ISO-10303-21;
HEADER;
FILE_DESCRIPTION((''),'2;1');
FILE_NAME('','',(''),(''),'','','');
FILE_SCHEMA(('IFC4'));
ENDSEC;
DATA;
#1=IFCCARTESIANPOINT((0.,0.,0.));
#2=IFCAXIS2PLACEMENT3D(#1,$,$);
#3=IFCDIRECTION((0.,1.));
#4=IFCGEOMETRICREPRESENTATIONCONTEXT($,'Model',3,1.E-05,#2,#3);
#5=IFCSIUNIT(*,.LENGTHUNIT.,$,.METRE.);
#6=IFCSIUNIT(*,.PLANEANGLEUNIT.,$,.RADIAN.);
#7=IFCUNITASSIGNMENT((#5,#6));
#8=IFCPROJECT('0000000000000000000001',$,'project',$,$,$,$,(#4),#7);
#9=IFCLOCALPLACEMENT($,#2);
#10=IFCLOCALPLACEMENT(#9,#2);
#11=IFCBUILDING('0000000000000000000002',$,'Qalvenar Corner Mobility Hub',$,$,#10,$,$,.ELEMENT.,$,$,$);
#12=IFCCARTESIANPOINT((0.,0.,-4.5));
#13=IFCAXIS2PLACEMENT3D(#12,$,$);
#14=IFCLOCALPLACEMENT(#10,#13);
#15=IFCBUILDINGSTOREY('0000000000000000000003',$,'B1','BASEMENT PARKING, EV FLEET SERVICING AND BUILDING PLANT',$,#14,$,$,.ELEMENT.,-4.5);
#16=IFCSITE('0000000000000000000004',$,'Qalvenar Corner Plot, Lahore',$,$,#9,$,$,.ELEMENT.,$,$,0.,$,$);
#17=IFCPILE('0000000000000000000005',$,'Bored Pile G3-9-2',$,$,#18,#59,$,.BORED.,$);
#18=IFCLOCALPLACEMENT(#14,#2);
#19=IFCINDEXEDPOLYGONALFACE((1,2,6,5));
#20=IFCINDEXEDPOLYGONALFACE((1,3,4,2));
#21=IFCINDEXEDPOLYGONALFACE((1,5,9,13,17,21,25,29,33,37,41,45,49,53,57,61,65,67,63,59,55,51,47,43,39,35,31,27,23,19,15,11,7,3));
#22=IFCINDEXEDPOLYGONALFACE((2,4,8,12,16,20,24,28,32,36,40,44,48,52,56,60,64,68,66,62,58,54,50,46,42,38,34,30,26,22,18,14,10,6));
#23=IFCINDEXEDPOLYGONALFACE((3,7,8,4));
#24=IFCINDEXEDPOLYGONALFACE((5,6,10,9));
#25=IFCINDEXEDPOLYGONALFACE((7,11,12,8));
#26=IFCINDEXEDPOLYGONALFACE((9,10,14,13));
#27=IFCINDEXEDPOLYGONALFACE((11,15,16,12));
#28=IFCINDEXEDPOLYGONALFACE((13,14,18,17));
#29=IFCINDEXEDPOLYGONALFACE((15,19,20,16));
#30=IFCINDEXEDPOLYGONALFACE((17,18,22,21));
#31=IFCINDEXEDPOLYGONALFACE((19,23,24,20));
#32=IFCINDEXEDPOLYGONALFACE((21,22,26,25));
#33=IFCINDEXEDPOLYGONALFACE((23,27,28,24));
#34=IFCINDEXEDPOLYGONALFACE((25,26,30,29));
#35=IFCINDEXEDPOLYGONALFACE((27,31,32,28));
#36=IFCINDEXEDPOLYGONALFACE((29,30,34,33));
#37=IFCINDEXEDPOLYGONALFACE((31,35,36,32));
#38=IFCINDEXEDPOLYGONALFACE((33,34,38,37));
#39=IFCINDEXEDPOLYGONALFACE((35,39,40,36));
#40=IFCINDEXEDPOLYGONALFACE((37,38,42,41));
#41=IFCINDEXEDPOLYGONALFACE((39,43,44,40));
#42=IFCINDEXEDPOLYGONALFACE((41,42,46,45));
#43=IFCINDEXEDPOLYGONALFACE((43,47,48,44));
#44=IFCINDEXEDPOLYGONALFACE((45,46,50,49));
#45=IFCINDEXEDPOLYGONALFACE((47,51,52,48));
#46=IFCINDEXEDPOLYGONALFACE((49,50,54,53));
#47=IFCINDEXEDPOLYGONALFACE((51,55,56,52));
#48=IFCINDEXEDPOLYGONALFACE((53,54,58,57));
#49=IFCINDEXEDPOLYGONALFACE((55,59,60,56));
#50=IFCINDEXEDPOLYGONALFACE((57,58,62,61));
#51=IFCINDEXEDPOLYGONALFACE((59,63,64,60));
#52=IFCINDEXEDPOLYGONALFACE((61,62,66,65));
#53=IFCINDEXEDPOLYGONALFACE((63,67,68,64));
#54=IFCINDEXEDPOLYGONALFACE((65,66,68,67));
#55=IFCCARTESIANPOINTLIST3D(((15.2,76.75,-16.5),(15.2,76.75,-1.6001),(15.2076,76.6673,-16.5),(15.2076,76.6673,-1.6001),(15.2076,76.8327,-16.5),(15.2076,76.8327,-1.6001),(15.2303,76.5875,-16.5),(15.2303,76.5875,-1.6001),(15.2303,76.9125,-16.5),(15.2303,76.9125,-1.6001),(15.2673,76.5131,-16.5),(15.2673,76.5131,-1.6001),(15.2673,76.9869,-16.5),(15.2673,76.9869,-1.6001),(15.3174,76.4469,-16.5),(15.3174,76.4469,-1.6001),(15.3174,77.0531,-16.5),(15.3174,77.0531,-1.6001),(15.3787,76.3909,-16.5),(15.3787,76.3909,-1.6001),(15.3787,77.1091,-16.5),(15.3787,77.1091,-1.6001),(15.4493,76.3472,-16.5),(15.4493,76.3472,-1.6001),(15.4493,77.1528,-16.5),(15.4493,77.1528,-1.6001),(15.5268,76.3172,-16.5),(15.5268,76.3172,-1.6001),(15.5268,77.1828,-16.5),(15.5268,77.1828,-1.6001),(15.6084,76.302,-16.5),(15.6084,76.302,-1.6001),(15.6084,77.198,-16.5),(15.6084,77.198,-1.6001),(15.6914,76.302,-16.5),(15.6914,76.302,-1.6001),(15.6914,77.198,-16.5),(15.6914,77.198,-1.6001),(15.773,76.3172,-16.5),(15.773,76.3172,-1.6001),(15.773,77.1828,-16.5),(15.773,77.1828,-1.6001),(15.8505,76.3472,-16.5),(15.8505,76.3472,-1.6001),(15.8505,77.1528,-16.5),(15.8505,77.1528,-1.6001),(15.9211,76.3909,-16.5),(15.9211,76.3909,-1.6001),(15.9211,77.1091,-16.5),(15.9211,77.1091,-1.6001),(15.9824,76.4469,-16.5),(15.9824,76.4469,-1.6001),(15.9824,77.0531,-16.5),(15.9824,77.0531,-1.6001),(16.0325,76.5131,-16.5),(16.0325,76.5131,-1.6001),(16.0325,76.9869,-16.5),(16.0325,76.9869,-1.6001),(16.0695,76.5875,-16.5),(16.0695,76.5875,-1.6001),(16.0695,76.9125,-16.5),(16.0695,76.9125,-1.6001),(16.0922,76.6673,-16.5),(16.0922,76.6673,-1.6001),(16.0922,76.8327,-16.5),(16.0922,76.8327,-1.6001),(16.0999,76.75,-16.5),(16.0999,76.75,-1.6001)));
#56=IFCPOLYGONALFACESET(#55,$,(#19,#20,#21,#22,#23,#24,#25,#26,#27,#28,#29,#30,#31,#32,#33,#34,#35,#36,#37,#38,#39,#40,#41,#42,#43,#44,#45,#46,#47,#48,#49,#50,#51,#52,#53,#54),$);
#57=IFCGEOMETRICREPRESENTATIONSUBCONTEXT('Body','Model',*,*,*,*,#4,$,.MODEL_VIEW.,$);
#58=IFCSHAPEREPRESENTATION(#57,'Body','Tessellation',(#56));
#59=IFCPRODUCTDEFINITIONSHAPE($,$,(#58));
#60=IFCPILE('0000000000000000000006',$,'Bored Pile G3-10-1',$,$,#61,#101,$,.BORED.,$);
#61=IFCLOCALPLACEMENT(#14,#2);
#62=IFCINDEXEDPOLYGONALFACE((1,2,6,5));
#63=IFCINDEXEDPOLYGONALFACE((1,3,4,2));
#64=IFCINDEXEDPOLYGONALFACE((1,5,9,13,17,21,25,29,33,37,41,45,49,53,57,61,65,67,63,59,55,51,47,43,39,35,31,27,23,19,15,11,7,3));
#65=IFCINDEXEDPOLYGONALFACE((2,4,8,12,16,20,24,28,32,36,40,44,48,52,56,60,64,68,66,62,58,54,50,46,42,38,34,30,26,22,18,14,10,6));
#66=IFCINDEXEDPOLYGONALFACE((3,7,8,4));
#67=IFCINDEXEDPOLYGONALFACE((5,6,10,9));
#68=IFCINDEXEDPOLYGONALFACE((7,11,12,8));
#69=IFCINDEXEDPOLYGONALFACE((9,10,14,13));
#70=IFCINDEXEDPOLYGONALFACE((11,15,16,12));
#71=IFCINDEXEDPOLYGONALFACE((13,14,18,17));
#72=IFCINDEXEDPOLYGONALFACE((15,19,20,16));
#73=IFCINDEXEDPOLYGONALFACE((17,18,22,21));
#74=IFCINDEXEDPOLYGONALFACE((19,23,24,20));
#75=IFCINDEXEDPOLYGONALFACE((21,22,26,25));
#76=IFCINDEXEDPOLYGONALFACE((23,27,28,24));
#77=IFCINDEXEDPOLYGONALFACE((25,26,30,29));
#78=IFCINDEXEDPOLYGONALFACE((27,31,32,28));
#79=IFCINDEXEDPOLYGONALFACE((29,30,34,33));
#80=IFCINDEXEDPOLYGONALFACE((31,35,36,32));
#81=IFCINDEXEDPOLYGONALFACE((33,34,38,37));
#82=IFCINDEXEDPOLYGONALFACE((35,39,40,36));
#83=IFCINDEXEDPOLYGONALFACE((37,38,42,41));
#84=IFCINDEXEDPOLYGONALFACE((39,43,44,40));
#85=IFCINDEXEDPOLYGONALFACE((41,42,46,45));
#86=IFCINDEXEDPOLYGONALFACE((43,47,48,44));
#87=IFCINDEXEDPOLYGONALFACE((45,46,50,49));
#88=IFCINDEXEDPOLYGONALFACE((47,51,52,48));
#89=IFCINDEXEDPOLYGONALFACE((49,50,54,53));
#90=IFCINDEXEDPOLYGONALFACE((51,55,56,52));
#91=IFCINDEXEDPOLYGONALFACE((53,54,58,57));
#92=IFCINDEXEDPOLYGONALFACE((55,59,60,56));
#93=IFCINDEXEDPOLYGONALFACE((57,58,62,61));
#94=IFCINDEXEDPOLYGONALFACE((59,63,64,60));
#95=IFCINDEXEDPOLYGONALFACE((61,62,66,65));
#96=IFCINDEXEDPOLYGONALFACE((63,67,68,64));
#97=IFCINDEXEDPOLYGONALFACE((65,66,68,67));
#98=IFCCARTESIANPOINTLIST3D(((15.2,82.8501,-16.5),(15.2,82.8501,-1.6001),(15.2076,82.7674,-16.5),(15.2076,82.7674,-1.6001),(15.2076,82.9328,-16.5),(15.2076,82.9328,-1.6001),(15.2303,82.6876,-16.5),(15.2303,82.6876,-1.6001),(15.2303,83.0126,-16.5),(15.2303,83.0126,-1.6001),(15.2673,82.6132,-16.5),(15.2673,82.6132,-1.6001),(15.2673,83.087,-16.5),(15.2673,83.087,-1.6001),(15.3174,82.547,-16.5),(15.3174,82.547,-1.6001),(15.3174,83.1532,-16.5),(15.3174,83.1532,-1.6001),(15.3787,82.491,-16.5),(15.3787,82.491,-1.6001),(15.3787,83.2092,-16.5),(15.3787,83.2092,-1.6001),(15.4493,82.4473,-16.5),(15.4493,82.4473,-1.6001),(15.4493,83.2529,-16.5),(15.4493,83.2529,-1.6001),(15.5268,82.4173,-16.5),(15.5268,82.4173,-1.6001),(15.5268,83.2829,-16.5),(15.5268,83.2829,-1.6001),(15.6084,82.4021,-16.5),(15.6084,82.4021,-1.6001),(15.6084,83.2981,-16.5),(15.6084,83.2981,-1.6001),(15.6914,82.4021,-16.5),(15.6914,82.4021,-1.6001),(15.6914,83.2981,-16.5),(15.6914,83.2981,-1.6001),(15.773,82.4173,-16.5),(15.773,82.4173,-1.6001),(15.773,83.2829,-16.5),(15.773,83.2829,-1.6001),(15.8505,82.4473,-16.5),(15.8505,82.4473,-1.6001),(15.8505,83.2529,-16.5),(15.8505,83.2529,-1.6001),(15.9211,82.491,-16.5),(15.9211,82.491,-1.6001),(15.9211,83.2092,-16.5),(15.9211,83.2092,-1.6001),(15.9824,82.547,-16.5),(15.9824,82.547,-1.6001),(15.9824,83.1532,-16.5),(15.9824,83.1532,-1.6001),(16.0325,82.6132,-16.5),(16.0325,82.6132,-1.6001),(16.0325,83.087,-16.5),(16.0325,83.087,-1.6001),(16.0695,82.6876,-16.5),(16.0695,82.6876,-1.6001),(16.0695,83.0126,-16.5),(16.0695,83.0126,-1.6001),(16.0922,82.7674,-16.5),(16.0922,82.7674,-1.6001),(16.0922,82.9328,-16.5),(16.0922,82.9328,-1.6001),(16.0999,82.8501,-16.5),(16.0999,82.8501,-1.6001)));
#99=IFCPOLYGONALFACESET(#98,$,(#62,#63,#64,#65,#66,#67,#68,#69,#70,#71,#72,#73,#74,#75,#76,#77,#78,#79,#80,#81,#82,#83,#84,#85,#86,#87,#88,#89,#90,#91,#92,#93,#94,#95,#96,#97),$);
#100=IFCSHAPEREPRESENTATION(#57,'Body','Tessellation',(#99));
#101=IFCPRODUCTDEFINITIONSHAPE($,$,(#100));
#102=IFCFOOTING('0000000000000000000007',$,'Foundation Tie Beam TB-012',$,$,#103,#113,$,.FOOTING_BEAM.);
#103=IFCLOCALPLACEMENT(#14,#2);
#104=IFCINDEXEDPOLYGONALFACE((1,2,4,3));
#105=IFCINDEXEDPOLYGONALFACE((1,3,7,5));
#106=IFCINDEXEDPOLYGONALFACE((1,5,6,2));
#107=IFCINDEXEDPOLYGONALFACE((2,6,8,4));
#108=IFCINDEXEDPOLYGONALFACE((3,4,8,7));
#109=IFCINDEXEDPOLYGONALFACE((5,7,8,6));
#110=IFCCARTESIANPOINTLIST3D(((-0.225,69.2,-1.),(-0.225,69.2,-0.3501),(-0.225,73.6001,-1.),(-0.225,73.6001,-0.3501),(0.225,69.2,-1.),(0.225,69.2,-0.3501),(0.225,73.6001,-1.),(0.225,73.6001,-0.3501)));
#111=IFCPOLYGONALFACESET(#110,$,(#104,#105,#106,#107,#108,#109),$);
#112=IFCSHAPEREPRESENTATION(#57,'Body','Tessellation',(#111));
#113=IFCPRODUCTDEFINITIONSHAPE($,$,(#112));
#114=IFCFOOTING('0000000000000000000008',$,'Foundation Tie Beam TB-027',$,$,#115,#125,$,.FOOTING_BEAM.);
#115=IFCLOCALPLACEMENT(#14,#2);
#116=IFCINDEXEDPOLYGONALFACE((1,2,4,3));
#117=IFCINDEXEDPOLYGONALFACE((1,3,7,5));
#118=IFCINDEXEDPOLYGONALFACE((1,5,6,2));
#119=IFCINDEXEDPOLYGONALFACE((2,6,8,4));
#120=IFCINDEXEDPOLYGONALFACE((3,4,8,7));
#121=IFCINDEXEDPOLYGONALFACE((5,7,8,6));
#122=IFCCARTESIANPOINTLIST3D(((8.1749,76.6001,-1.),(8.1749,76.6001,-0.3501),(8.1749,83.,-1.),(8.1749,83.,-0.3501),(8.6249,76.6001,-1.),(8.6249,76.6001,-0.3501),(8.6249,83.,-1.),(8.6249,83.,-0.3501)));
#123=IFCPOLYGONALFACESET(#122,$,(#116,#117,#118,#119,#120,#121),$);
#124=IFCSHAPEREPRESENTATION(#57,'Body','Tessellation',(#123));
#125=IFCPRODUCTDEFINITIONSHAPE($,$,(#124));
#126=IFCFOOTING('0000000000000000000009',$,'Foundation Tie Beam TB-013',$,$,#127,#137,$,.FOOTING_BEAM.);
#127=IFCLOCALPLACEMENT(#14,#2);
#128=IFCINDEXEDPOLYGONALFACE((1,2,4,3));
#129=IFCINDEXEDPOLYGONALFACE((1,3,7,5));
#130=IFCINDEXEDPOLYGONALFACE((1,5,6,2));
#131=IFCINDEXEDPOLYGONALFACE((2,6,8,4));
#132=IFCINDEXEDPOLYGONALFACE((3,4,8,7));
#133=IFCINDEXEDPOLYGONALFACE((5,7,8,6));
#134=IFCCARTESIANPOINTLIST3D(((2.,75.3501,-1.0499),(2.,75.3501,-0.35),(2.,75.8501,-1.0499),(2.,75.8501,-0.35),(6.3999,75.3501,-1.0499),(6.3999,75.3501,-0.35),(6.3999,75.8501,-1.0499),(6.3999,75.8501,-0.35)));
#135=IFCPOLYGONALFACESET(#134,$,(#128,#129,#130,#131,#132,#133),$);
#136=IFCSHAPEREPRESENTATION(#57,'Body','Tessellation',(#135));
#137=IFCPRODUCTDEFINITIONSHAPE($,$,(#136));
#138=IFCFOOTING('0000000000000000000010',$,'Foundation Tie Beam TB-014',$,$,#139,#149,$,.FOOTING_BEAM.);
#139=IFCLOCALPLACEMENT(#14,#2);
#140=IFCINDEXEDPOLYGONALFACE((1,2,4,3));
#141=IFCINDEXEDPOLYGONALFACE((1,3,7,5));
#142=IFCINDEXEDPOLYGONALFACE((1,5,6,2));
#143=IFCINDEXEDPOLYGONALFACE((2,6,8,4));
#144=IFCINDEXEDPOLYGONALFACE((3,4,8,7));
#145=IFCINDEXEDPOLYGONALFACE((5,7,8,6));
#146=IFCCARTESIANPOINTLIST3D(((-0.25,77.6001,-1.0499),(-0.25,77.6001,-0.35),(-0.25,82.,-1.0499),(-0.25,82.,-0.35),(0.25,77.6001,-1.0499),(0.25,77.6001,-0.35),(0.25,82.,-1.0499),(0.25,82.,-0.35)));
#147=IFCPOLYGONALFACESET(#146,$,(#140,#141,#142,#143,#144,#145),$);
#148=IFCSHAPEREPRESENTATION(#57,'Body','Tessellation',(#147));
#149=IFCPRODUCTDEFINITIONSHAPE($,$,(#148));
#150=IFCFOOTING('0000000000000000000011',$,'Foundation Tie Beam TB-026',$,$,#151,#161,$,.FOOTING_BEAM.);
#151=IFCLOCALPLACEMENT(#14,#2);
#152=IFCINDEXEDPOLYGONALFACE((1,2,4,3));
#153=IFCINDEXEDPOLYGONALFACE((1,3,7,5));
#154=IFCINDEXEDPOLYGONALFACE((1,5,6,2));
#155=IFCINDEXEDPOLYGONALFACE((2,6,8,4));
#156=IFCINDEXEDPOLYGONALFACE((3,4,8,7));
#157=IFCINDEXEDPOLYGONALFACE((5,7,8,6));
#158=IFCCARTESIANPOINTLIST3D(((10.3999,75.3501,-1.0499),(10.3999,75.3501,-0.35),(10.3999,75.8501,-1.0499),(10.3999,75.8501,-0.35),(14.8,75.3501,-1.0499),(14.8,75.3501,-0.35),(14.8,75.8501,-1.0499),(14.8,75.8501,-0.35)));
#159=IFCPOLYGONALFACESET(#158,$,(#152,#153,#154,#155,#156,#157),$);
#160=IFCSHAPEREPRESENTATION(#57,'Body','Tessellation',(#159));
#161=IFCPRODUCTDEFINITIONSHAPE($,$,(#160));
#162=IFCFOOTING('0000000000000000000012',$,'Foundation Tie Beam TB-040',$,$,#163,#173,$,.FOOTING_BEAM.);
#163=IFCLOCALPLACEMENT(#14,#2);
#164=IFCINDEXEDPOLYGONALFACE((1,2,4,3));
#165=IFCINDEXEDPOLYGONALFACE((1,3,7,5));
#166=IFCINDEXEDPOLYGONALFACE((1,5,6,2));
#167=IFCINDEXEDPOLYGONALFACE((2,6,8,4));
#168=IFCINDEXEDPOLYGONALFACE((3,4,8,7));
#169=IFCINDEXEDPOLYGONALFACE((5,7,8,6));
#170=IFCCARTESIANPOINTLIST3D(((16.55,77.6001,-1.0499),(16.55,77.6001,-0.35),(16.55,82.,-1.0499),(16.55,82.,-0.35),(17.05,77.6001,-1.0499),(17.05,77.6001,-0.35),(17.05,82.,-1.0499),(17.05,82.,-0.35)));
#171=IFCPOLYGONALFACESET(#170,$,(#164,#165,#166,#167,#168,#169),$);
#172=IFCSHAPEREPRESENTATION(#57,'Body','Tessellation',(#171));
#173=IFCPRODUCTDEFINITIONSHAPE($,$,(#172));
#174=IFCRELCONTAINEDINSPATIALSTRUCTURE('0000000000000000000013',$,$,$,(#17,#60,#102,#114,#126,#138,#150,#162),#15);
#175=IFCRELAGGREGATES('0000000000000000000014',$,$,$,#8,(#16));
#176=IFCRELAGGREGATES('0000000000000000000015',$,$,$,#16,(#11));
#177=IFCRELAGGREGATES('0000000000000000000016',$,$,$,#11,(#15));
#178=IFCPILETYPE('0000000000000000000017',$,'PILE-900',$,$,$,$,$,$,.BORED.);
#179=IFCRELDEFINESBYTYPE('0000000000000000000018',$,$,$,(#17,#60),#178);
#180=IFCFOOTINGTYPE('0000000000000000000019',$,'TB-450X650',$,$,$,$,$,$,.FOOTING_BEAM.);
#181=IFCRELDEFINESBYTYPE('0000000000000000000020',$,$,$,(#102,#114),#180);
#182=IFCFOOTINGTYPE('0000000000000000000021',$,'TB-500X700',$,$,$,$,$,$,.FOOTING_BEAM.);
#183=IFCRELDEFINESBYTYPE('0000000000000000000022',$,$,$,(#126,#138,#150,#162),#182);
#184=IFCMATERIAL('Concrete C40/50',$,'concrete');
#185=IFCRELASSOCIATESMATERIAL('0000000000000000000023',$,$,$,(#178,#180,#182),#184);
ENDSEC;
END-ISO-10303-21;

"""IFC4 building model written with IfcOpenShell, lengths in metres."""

from ifc_helpers import new_model, si_unit, direction, frame, origin, origin_2d, place, context, subcontext, project, spatial, rectangle, circle, extrude, material, material_profile, profile_set, type_object, element, save


model = new_model("IFC4")

# Units and contexts
model_context = context("Model", 3, precision=1e-05, world=origin(), true_north=direction((0.0, 1.0)))
body_context = subcontext(model_context, "Body", "Model", "MODEL_VIEW")
ifc_project = project(units=[si_unit("LENGTHUNIT", "METRE"), si_unit("PLANEANGLEUNIT", "RADIAN")], contexts=[model_context])

# Site, building, storey
site_placement = place(None, origin())
site = spatial("IfcSite", under=ifc_project, at=site_placement, Name="Qalvenar Corner Plot, Lahore", CompositionType="ELEMENT", RefElevation=0.0)
building_placement = place(site_placement, origin())
building = spatial("IfcBuilding", under=site, at=building_placement, Name="Qalvenar Corner Mobility Hub", CompositionType="ELEMENT")
storey_placement = place(building_placement, frame((0.0, 0.0, -4.5)))
storey = spatial("IfcBuildingStorey", under=building, at=storey_placement, Name="B1", Description="BASEMENT PARKING, EV FLEET SERVICING AND BUILDING PLANT", CompositionType="ELEMENT", Elevation=-4.5)

# Shared definitions
ifc_material_1 = material(Name="Concrete C40/50", Category="concrete")

# Piles
ifc_material_profile_1 = material_profile(ifc_material_1, circle(Radius=0.45, at=origin_2d()), Name="DIA900")
ifc_profile_set_1 = profile_set([ifc_material_profile_1], Name="Concrete C40/50")
pile_type = type_object("IfcPileType", Name="PILE-900", PredefinedType="BORED", material=ifc_profile_set_1)
for number, where, z_axis, x_axis, name in (
    (1, (15.6499, 76.75, -1.6001), (0.0, 0.0, -1.0), (1.0, 0.0, 0.0), "Bored Pile G3-9-2"),
    (2, (15.6499, 82.8501, -1.6001), (0.0, 0.0, -1.0), (1.0, 0.0, 0.0), "Bored Pile G3-10-1"),
):
    element("IfcPile", number, at=place(storey_placement, frame(where, z_axis=z_axis, x_axis=x_axis)), inside=storey, type_object=pile_type, Name=name, PredefinedType="BORED", context=body_context, shape_type="SweptSolid", body=[
        extrude(circle(Radius=0.45, at=origin_2d()), origin(), (0.0, 0.0, 1.0), 14.8999),
    ])

# Footings
ifc_material_profile_2 = material_profile(ifc_material_1, rectangle(XDim=0.45, YDim=0.6499, at=origin_2d()), Name="RC450x650")
ifc_profile_set_2 = profile_set([ifc_material_profile_2], Name="Concrete C40/50")
footing_type_1 = type_object("IfcFootingType", Name="TB-450X650", PredefinedType="FOOTING_BEAM", material=ifc_profile_set_2)
footing_1_placement = place(storey_placement, frame((0.0, 69.2, -0.675), z_axis=(0.0, 1.0, 0.0), x_axis=(-1.0, 0.0, 0.0)))
element("IfcFooting", 3, at=footing_1_placement, inside=storey, type_object=footing_type_1, Name="Foundation Tie Beam TB-012", PredefinedType="FOOTING_BEAM", context=body_context, shape_type="SweptSolid", body=[
    extrude(rectangle(XDim=0.45, YDim=0.6499, at=origin_2d()), origin(), (0.0, 0.0, 1.0), 4.4001),
])
footing_2_placement = place(storey_placement, frame((8.3999, 76.6001, -0.675), z_axis=(0.0, 1.0, 0.0), x_axis=(-1.0, 0.0, 0.0)))
element("IfcFooting", 4, at=footing_2_placement, inside=storey, type_object=footing_type_1, Name="Foundation Tie Beam TB-027", PredefinedType="FOOTING_BEAM", context=body_context, shape_type="SweptSolid", body=[
    extrude(rectangle(XDim=0.45, YDim=0.6499, at=origin_2d()), origin(), (0.0, 0.0, 1.0), 6.3999),
])
ifc_material_profile_3 = material_profile(ifc_material_1, rectangle(XDim=0.5, YDim=0.7, at=origin_2d()), Name="RC500x700")
ifc_profile_set_3 = profile_set([ifc_material_profile_3], Name="Concrete C40/50")
footing_type_2 = type_object("IfcFootingType", Name="TB-500X700", PredefinedType="FOOTING_BEAM", material=ifc_profile_set_3)
for number, where, z_axis, x_axis, name in (
    (5, (2.0, 75.6001, -0.7), (1.0, 0.0, 0.0), (0.0, 1.0, 0.0), "Foundation Tie Beam TB-013"),
    (6, (0.0, 77.6001, -0.7), (0.0, 1.0, 0.0), (-1.0, 0.0, 0.0), "Foundation Tie Beam TB-014"),
):
    element("IfcFooting", number, at=place(storey_placement, frame(where, z_axis=z_axis, x_axis=x_axis)), inside=storey, type_object=footing_type_2, Name=name, PredefinedType="FOOTING_BEAM", context=body_context, shape_type="SweptSolid", body=[
        extrude(rectangle(XDim=0.5, YDim=0.7, at=origin_2d()), origin(), (0.0, 0.0, 1.0), 4.3999),
    ])
footing_3_placement = place(storey_placement, frame((10.3999, 75.6001, -0.7), z_axis=(1.0, 0.0, 0.0), x_axis=(0.0, 1.0, 0.0)))
element("IfcFooting", 7, at=footing_3_placement, inside=storey, type_object=footing_type_2, Name="Foundation Tie Beam TB-026", PredefinedType="FOOTING_BEAM", context=body_context, shape_type="SweptSolid", body=[
    extrude(rectangle(XDim=0.5, YDim=0.7, at=origin_2d()), origin(), (0.0, 0.0, 1.0), 4.4001),
])
footing_4_placement = place(storey_placement, frame((16.8, 77.6001, -0.7), z_axis=(0.0, 1.0, 0.0), x_axis=(-1.0, 0.0, 0.0)))
element("IfcFooting", 8, at=footing_4_placement, inside=storey, type_object=footing_type_2, Name="Foundation Tie Beam TB-040", PredefinedType="FOOTING_BEAM", context=body_context, shape_type="SweptSolid", body=[
    extrude(rectangle(XDim=0.5, YDim=0.7, at=origin_2d()), origin(), (0.0, 0.0, 1.0), 4.3999),
])

save(model, "model.ifc")
